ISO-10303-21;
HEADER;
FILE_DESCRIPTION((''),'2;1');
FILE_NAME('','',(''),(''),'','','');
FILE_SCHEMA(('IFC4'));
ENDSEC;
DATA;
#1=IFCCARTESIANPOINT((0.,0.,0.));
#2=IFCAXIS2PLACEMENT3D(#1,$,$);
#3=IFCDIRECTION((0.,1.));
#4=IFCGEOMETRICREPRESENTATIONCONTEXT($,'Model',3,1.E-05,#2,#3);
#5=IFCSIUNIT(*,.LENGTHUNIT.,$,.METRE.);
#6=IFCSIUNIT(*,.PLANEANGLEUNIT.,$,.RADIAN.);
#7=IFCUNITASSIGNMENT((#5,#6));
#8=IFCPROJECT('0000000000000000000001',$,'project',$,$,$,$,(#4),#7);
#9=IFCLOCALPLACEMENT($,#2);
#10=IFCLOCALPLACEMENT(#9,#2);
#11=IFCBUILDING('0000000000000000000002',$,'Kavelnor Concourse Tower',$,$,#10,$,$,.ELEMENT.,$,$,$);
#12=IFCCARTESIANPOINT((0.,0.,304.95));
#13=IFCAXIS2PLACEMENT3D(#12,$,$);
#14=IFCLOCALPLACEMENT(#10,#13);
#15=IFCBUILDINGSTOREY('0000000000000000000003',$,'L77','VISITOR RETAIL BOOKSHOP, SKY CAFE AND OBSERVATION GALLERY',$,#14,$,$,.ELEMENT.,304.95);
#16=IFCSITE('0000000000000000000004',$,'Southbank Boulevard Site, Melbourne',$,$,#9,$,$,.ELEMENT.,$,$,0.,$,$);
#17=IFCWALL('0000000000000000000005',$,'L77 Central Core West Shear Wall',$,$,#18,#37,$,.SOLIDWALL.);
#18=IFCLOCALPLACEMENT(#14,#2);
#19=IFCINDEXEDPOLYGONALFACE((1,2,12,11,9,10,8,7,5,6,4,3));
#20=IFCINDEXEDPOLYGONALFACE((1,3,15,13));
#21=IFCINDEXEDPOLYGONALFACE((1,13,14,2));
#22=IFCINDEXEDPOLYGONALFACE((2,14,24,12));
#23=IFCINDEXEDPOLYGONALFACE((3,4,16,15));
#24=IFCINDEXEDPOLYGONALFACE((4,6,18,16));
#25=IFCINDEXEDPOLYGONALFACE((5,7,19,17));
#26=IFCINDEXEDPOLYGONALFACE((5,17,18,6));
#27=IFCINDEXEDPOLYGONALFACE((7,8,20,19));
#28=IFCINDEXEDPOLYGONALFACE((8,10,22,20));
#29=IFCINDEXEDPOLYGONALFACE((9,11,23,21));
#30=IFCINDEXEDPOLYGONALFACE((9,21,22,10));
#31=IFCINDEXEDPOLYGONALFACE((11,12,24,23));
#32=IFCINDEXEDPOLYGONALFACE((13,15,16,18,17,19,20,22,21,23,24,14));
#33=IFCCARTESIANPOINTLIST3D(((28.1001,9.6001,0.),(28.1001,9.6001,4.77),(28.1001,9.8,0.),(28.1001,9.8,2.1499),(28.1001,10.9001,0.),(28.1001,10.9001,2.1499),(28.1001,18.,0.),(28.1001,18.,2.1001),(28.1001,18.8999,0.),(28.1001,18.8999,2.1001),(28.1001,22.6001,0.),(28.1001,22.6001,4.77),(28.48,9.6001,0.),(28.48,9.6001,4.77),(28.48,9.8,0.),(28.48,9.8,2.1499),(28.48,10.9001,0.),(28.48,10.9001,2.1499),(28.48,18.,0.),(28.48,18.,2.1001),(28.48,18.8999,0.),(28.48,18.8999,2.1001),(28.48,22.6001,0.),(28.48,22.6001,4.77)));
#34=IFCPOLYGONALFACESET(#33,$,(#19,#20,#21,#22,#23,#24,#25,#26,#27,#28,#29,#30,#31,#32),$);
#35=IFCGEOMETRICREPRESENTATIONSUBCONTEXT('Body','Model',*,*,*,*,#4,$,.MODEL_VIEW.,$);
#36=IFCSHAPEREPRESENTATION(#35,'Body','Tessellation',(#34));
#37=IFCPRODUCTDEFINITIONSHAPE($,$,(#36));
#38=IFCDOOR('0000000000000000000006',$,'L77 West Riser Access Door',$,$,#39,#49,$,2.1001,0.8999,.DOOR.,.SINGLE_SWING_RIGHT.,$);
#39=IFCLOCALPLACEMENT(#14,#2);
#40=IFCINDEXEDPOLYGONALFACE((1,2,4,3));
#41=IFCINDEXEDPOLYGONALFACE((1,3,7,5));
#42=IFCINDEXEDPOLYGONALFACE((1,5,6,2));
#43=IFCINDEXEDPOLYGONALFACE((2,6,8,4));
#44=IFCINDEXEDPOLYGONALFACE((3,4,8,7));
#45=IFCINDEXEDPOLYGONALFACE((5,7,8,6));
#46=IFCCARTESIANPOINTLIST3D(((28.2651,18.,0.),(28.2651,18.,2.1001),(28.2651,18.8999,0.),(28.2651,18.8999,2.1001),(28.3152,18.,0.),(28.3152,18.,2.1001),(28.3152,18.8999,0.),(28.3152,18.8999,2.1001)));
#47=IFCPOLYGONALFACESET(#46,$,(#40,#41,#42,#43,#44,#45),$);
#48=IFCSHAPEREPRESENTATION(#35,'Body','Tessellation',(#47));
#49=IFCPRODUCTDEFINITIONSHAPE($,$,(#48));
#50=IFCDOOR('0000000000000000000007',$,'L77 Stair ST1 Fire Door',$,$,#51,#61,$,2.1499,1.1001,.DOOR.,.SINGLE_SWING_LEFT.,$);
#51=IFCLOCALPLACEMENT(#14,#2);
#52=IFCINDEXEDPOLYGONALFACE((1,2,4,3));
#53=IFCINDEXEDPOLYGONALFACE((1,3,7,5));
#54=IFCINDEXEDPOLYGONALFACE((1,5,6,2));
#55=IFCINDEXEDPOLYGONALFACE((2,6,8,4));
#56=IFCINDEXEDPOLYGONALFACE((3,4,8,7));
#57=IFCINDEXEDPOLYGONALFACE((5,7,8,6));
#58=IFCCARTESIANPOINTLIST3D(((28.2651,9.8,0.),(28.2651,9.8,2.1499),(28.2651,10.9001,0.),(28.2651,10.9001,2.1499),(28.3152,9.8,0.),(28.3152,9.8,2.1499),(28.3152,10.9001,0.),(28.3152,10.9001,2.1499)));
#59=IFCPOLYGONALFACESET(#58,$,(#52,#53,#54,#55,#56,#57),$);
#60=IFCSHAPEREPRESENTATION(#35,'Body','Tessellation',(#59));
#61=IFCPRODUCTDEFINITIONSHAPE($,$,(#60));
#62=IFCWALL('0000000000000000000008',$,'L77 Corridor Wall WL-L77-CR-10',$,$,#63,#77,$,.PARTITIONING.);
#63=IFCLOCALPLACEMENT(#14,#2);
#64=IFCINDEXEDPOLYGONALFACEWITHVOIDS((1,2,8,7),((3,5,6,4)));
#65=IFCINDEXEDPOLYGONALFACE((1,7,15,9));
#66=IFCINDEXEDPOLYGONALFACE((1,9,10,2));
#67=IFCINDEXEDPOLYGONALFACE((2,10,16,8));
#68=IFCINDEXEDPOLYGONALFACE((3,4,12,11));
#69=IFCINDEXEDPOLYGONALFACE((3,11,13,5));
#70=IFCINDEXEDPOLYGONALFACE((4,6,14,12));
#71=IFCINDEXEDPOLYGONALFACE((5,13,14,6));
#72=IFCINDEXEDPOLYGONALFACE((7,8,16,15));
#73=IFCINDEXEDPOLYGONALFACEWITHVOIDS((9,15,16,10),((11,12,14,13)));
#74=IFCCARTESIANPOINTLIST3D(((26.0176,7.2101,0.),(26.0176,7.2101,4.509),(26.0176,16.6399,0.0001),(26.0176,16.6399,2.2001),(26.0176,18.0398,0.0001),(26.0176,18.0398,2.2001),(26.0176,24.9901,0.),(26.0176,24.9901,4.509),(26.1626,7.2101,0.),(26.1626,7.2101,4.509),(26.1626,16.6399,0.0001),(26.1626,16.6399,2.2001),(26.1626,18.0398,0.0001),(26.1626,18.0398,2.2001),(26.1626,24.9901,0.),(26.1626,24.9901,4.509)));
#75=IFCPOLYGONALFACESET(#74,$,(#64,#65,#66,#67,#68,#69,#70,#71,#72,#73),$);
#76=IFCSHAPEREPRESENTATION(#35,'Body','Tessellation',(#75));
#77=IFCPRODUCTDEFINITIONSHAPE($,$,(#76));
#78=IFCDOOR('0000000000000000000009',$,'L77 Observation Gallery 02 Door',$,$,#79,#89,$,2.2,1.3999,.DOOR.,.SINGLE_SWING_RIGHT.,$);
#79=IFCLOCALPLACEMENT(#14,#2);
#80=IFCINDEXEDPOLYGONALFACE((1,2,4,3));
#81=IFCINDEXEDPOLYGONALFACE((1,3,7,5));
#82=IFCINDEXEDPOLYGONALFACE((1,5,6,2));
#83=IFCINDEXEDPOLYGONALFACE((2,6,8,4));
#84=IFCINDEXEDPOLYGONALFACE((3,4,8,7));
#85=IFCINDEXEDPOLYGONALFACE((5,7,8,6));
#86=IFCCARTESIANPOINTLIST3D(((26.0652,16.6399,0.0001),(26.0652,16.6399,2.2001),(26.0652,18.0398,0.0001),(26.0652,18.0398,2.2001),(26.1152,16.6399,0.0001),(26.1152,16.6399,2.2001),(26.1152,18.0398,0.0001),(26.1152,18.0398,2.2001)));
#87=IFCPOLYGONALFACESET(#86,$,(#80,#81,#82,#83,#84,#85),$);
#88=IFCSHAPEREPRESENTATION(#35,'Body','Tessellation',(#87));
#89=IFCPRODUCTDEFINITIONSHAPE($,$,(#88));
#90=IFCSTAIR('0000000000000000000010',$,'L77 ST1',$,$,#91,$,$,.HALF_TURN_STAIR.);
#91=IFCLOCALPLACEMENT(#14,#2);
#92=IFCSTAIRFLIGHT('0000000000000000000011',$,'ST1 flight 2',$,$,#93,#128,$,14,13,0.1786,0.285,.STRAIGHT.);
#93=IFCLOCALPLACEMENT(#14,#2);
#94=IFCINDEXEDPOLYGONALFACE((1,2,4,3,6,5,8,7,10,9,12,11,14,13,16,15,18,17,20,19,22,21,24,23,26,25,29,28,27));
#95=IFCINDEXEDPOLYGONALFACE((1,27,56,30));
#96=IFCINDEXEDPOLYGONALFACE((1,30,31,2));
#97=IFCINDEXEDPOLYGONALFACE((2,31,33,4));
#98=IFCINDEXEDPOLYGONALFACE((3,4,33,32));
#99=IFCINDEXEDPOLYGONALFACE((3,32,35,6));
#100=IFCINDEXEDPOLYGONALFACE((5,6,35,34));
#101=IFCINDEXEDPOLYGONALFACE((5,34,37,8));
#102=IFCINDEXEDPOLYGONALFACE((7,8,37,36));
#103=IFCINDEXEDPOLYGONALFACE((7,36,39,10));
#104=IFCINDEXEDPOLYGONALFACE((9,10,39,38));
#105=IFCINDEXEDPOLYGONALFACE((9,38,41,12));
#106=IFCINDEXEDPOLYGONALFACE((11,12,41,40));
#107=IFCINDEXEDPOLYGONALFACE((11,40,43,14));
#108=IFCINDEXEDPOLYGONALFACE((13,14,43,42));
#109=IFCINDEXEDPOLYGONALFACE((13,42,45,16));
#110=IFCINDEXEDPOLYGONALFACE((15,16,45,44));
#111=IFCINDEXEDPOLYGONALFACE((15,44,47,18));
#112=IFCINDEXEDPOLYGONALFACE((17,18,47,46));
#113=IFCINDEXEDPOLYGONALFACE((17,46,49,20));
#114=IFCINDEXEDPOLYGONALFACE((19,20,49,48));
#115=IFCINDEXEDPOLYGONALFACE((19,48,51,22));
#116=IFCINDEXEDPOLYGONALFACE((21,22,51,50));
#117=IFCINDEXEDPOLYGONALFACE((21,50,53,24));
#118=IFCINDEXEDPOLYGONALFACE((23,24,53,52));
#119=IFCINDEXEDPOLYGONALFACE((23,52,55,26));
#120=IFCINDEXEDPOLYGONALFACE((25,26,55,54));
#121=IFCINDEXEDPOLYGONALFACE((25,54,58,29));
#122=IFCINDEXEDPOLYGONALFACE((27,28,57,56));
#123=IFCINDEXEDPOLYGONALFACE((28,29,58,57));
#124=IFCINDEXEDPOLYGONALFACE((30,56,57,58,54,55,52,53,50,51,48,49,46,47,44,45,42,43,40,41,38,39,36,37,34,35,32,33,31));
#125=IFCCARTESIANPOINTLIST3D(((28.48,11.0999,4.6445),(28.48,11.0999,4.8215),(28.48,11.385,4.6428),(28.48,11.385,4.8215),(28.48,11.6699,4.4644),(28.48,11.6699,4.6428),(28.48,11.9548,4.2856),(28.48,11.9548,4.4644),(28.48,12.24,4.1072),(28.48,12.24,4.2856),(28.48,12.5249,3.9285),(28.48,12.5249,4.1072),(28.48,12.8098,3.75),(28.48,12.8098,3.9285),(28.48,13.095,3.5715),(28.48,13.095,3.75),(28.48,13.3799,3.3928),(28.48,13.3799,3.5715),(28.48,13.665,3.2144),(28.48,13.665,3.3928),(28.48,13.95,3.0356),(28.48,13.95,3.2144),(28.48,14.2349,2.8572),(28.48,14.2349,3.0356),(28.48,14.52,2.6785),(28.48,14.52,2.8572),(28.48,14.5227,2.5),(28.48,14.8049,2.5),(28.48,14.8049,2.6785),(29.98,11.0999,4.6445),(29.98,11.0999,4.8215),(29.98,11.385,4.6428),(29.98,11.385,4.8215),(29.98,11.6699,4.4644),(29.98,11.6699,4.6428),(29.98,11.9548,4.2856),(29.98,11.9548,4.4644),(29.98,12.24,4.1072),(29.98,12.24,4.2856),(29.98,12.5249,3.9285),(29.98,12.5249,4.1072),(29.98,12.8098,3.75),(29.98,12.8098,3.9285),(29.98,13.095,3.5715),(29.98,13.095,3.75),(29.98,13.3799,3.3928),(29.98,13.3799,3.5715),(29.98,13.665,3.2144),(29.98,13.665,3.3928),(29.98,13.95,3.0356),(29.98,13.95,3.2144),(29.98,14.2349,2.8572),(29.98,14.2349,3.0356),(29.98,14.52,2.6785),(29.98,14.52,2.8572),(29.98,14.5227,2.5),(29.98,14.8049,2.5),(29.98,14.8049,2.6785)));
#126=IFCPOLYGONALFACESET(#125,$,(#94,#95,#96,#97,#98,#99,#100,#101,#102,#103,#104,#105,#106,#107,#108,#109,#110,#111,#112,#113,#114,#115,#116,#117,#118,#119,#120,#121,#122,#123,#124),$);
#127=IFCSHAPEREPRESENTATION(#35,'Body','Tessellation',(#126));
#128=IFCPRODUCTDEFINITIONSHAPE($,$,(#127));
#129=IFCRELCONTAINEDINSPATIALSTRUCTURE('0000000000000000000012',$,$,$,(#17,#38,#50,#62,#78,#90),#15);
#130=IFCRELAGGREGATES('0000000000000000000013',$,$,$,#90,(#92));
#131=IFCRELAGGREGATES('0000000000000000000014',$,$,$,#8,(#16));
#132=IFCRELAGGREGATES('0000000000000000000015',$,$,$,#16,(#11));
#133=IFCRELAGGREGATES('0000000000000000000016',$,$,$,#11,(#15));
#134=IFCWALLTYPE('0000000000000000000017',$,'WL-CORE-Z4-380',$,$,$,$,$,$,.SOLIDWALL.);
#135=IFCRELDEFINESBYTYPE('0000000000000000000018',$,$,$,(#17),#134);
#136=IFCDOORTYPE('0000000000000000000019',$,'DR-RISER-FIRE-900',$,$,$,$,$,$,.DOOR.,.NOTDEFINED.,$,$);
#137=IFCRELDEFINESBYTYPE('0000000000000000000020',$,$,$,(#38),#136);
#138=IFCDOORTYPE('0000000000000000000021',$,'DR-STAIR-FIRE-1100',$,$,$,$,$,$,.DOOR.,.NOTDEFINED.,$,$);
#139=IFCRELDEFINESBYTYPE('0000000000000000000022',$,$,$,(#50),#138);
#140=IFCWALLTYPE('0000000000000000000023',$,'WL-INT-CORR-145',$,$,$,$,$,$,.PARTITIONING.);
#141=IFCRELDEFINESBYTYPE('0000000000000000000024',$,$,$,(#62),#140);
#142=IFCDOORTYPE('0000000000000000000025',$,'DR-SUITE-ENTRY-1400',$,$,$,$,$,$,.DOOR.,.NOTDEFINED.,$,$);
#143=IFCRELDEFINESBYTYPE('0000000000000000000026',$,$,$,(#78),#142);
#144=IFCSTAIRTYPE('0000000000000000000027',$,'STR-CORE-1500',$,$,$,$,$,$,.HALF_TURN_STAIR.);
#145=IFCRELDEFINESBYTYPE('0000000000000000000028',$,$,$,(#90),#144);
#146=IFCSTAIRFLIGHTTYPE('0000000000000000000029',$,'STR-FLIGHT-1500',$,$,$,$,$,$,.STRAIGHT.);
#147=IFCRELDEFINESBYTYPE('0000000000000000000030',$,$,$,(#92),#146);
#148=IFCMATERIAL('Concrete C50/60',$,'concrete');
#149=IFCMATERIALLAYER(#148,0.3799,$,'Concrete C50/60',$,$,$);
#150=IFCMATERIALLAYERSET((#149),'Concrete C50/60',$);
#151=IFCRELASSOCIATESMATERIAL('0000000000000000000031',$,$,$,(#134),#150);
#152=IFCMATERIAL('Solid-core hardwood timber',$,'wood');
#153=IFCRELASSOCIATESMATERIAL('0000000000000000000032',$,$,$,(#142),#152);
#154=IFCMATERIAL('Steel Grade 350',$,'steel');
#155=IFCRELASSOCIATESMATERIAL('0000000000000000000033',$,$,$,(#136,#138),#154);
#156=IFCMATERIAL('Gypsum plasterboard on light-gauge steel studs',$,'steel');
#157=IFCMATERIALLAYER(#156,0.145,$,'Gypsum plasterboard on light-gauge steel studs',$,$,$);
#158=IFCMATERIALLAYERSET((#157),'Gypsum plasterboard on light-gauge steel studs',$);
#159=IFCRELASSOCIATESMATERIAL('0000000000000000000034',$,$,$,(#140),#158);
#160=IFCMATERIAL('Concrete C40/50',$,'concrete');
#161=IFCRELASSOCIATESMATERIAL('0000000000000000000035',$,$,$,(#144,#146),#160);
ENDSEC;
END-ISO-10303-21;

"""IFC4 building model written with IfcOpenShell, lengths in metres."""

from ifc_helpers import new_model, si_unit, direction, frame, frame_2d, origin, place, context, subcontext, project, spatial, polyline, rectangle, outline, extrude, material, layer, layer_set, type_object, element, fill, aggregate, save


model = new_model("IFC4")

# Units and contexts
model_context = context("Model", 3, precision=1e-05, world=origin(), true_north=direction((0.0, 1.0)))
body_context = subcontext(model_context, "Body", "Model", "MODEL_VIEW")
ifc_project = project(units=[si_unit("LENGTHUNIT", "METRE"), si_unit("PLANEANGLEUNIT", "RADIAN")], contexts=[model_context])

# Site, building, storey
site_placement = place(None, origin())
site = spatial("IfcSite", under=ifc_project, at=site_placement, Name="Southbank Boulevard Site, Melbourne", CompositionType="ELEMENT", RefElevation=0.0)
building_placement = place(site_placement, origin())
building = spatial("IfcBuilding", under=site, at=building_placement, Name="Kavelnor Concourse Tower", CompositionType="ELEMENT")
storey_placement = place(building_placement, frame((0.0, 0.0, 304.95)))
storey = spatial("IfcBuildingStorey", under=building, at=storey_placement, Name="L77", Description="VISITOR RETAIL BOOKSHOP, SKY CAFE AND OBSERVATION GALLERY", CompositionType="ELEMENT", Elevation=304.95)

# Shared definitions
ifc_material_1 = material(Name="Steel Grade 350", Category="steel")

# Shared definitions
ifc_material_2 = material(Name="Concrete C50/60", Category="concrete")
ifc_layer_1 = layer(ifc_material_2, 0.3799, Name="Concrete C50/60")
ifc_layer_set_1 = layer_set([ifc_layer_1], Name="Concrete C50/60")
wall_type_1 = type_object("IfcWallType", Name="WL-CORE-Z4-380", PredefinedType="SOLIDWALL", material=ifc_layer_set_1)
ifc_material_3 = material(Name="Solid-core hardwood timber", Category="wood")
door_type_1 = type_object("IfcDoorType", Name="DR-SUITE-ENTRY-1400", OperationType="NOTDEFINED", PredefinedType="DOOR", material=ifc_material_3)

# Wall, openings, doors
wall_1_placement = place(storey_placement, frame((28.29, 9.6001, 0.0), z_axis=(0.0, 0.0, 1.0), x_axis=(0.0, 1.0, 0.0)))
wall_1 = element("IfcWall", 1, at=wall_1_placement, inside=storey, type_object=wall_type_1, Name="L77 Central Core West Shear Wall", PredefinedType="SOLIDWALL", context=body_context, shape_type="SweptSolid", body=[
    extrude(rectangle(XDim=13.0, YDim=0.3799, at=frame_2d((6.5, 0.0))), origin(), (0.0, 0.0, 1.0), 4.77),
])
opening_1_placement = place(wall_1_placement, frame((0.2, 0.0, 0.0)))
opening_1 = element("IfcOpeningElement", 2, at=opening_1_placement, cuts=wall_1, PredefinedType="OPENING", context=body_context, shape_type="SweptSolid", body=[
    extrude(rectangle(XDim=1.1001, YDim=2.1499, at=frame_2d((0.55, 1.075))), frame((0.0, 0.2, 0.0), z_axis=(0.0, -1.0, 0.0), x_axis=(1.0, 0.0, 0.0)), (0.0, 0.0, 1.0), 0.3999),
])
opening_2_placement = place(wall_1_placement, frame((8.3999, 0.0, 0.0)))
opening_2 = element("IfcOpeningElement", 3, at=opening_2_placement, cuts=wall_1, PredefinedType="OPENING", context=body_context, shape_type="SweptSolid", body=[
    extrude(rectangle(XDim=0.8999, YDim=2.1001, at=frame_2d((0.45, 1.05))), frame((0.0, 0.2, 0.0), z_axis=(0.0, -1.0, 0.0), x_axis=(1.0, 0.0, 0.0)), (0.0, 0.0, 1.0), 0.3999),
])
door_type_2 = type_object("IfcDoorType", Name="DR-RISER-FIRE-900", OperationType="NOTDEFINED", PredefinedType="DOOR", material=ifc_material_1)
door_1_placement = place(opening_2_placement, origin())
door_1 = element("IfcDoor", 4, at=door_1_placement, inside=storey, type_object=door_type_2, Name="L77 West Riser Access Door", OperationType="SINGLE_SWING_RIGHT", OverallHeight=2.1001, OverallWidth=0.8999, PredefinedType="DOOR", context=body_context, shape_type="SweptSolid", body=[
    extrude(rectangle(XDim=0.8999, YDim=2.1001, at=frame_2d((0.45, 1.05))), frame((0.0, 0.0249, 0.0), z_axis=(0.0, -1.0, 0.0), x_axis=(1.0, 0.0, 0.0)), (0.0, 0.0, 1.0), 0.05),
])
fill(opening_2, door_1)
door_type_3 = type_object("IfcDoorType", Name="DR-STAIR-FIRE-1100", OperationType="NOTDEFINED", PredefinedType="DOOR", material=ifc_material_1)
door_2_placement = place(opening_1_placement, origin())
door_2 = element("IfcDoor", 5, at=door_2_placement, inside=storey, type_object=door_type_3, Name="L77 Stair ST1 Fire Door", OperationType="SINGLE_SWING_LEFT", OverallHeight=2.1499, OverallWidth=1.1001, PredefinedType="DOOR", context=body_context, shape_type="SweptSolid", body=[
    extrude(rectangle(XDim=1.1001, YDim=2.1499, at=frame_2d((0.55, 1.075))), frame((0.0, 0.0249, 0.0), z_axis=(0.0, -1.0, 0.0), x_axis=(1.0, 0.0, 0.0)), (0.0, 0.0, 1.0), 0.05),
])
fill(opening_1, door_2)

# Wall, opening, door
ifc_material_4 = material(Name="Gypsum plasterboard on light-gauge steel studs", Category="steel")
ifc_layer_2 = layer(ifc_material_4, 0.145, Name="Gypsum plasterboard on light-gauge steel studs")
ifc_layer_set_2 = layer_set([ifc_layer_2], Name="Gypsum plasterboard on light-gauge steel studs")
wall_type_2 = type_object("IfcWallType", Name="WL-INT-CORR-145", PredefinedType="PARTITIONING", material=ifc_layer_set_2)
wall_2_placement = place(storey_placement, frame((26.0901, 7.21, 0.0), z_axis=(0.0, 0.0, 1.0), x_axis=(0.0, 1.0, 0.0)))
wall_2 = element("IfcWall", 6, at=wall_2_placement, inside=storey, type_object=wall_type_2, Name="L77 Corridor Wall WL-L77-CR-10", PredefinedType="PARTITIONING", context=body_context, shape_type="SweptSolid", body=[
    extrude(rectangle(XDim=17.78, YDim=0.145, at=frame_2d((8.8901, 0.0))), origin(), (0.0, 0.0, 1.0), 4.509),
])
opening_3_placement = place(wall_2_placement, frame((9.4299, 0.0, 0.0)))
opening_3 = element("IfcOpeningElement", 7, at=opening_3_placement, cuts=wall_2, PredefinedType="OPENING", context=body_context, shape_type="SweptSolid", body=[
    extrude(rectangle(XDim=1.3999, YDim=2.2, at=frame_2d((0.7, 1.1001))), frame((0.0, 0.0825, 0.0), z_axis=(0.0, -1.0, 0.0), x_axis=(1.0, 0.0, 0.0)), (0.0, 0.0, 1.0), 0.165),
])
door_3_placement = place(opening_3_placement, origin())
door_3 = element("IfcDoor", 8, at=door_3_placement, inside=storey, type_object=door_type_1, Name="L77 Observation Gallery 02 Door", OperationType="SINGLE_SWING_RIGHT", OverallHeight=2.2, OverallWidth=1.3999, PredefinedType="DOOR", context=body_context, shape_type="SweptSolid", body=[
    extrude(rectangle(XDim=1.3999, YDim=2.2, at=frame_2d((0.7, 1.1001))), frame((0.0, 0.0249, 0.0), z_axis=(0.0, -1.0, 0.0), x_axis=(1.0, 0.0, 0.0)), (0.0, 0.0, 1.0), 0.05),
])
fill(opening_3, door_3)

# Stair, stair flight
ifc_material_5 = material(Name="Concrete C40/50", Category="concrete")
stair_type = type_object("IfcStairType", Name="STR-CORE-1500", PredefinedType="HALF_TURN_STAIR", material=ifc_material_5)
stair_placement = place(storey_placement, origin())
stair = element("IfcStair", 9, at=stair_placement, inside=storey, type_object=stair_type, Name="L77 ST1", PredefinedType="HALF_TURN_STAIR")
stair_flight_type = type_object("IfcStairFlightType", Name="STR-FLIGHT-1500", PredefinedType="STRAIGHT", material=ifc_material_5)
stair_flight_placement = place(storey_placement, frame((29.23, 14.8049, 2.5), z_axis=(0.0, 0.0, 1.0), x_axis=(0.0, -1.0, 0.0)))
stair_flight = element("IfcStairFlight", 10, at=stair_flight_placement, type_object=stair_flight_type, Name="ST1 flight 2", NumberOfRisers=14, NumberOfTreads=13, PredefinedType="STRAIGHT", RiserHeight=0.1786, TreadLength=0.285, context=body_context, shape_type="SweptSolid", body=[
    extrude(outline(polyline([(0.0, 0.0), (0.0, 0.1785), (0.2849, 0.1785), (0.2849, 0.3572), (0.5701, 0.3572), (0.5701, 0.5356), (0.855, 0.5356), (0.855, 0.7144), (1.1399, 0.7144), (1.1399, 0.8928), (1.425, 0.8928), (1.425, 1.0715), (1.71, 1.0715), (1.71, 1.25), (1.9951, 1.25), (1.9951, 1.4285), (2.28, 1.4285), (2.28, 1.6072), (2.5649, 1.6072), (2.5649, 1.7856), (2.8501, 1.7856), (2.8501, 1.9644), (3.135, 1.9644), (3.135, 2.1428), (3.4199, 2.1428), (3.4199, 2.3215), (3.7051, 2.3215), (3.7051, 2.5), (3.7051, 2.1445), (0.2822, 0.0), (0.0, 0.0)])), frame((0.0, 0.75, 0.0), z_axis=(0.0, -1.0, 0.0), x_axis=(1.0, 0.0, 0.0)), (0.0, 0.0, 1.0), 1.5),
])
aggregate(stair, [stair_flight])

save(model, "model.ifc")
